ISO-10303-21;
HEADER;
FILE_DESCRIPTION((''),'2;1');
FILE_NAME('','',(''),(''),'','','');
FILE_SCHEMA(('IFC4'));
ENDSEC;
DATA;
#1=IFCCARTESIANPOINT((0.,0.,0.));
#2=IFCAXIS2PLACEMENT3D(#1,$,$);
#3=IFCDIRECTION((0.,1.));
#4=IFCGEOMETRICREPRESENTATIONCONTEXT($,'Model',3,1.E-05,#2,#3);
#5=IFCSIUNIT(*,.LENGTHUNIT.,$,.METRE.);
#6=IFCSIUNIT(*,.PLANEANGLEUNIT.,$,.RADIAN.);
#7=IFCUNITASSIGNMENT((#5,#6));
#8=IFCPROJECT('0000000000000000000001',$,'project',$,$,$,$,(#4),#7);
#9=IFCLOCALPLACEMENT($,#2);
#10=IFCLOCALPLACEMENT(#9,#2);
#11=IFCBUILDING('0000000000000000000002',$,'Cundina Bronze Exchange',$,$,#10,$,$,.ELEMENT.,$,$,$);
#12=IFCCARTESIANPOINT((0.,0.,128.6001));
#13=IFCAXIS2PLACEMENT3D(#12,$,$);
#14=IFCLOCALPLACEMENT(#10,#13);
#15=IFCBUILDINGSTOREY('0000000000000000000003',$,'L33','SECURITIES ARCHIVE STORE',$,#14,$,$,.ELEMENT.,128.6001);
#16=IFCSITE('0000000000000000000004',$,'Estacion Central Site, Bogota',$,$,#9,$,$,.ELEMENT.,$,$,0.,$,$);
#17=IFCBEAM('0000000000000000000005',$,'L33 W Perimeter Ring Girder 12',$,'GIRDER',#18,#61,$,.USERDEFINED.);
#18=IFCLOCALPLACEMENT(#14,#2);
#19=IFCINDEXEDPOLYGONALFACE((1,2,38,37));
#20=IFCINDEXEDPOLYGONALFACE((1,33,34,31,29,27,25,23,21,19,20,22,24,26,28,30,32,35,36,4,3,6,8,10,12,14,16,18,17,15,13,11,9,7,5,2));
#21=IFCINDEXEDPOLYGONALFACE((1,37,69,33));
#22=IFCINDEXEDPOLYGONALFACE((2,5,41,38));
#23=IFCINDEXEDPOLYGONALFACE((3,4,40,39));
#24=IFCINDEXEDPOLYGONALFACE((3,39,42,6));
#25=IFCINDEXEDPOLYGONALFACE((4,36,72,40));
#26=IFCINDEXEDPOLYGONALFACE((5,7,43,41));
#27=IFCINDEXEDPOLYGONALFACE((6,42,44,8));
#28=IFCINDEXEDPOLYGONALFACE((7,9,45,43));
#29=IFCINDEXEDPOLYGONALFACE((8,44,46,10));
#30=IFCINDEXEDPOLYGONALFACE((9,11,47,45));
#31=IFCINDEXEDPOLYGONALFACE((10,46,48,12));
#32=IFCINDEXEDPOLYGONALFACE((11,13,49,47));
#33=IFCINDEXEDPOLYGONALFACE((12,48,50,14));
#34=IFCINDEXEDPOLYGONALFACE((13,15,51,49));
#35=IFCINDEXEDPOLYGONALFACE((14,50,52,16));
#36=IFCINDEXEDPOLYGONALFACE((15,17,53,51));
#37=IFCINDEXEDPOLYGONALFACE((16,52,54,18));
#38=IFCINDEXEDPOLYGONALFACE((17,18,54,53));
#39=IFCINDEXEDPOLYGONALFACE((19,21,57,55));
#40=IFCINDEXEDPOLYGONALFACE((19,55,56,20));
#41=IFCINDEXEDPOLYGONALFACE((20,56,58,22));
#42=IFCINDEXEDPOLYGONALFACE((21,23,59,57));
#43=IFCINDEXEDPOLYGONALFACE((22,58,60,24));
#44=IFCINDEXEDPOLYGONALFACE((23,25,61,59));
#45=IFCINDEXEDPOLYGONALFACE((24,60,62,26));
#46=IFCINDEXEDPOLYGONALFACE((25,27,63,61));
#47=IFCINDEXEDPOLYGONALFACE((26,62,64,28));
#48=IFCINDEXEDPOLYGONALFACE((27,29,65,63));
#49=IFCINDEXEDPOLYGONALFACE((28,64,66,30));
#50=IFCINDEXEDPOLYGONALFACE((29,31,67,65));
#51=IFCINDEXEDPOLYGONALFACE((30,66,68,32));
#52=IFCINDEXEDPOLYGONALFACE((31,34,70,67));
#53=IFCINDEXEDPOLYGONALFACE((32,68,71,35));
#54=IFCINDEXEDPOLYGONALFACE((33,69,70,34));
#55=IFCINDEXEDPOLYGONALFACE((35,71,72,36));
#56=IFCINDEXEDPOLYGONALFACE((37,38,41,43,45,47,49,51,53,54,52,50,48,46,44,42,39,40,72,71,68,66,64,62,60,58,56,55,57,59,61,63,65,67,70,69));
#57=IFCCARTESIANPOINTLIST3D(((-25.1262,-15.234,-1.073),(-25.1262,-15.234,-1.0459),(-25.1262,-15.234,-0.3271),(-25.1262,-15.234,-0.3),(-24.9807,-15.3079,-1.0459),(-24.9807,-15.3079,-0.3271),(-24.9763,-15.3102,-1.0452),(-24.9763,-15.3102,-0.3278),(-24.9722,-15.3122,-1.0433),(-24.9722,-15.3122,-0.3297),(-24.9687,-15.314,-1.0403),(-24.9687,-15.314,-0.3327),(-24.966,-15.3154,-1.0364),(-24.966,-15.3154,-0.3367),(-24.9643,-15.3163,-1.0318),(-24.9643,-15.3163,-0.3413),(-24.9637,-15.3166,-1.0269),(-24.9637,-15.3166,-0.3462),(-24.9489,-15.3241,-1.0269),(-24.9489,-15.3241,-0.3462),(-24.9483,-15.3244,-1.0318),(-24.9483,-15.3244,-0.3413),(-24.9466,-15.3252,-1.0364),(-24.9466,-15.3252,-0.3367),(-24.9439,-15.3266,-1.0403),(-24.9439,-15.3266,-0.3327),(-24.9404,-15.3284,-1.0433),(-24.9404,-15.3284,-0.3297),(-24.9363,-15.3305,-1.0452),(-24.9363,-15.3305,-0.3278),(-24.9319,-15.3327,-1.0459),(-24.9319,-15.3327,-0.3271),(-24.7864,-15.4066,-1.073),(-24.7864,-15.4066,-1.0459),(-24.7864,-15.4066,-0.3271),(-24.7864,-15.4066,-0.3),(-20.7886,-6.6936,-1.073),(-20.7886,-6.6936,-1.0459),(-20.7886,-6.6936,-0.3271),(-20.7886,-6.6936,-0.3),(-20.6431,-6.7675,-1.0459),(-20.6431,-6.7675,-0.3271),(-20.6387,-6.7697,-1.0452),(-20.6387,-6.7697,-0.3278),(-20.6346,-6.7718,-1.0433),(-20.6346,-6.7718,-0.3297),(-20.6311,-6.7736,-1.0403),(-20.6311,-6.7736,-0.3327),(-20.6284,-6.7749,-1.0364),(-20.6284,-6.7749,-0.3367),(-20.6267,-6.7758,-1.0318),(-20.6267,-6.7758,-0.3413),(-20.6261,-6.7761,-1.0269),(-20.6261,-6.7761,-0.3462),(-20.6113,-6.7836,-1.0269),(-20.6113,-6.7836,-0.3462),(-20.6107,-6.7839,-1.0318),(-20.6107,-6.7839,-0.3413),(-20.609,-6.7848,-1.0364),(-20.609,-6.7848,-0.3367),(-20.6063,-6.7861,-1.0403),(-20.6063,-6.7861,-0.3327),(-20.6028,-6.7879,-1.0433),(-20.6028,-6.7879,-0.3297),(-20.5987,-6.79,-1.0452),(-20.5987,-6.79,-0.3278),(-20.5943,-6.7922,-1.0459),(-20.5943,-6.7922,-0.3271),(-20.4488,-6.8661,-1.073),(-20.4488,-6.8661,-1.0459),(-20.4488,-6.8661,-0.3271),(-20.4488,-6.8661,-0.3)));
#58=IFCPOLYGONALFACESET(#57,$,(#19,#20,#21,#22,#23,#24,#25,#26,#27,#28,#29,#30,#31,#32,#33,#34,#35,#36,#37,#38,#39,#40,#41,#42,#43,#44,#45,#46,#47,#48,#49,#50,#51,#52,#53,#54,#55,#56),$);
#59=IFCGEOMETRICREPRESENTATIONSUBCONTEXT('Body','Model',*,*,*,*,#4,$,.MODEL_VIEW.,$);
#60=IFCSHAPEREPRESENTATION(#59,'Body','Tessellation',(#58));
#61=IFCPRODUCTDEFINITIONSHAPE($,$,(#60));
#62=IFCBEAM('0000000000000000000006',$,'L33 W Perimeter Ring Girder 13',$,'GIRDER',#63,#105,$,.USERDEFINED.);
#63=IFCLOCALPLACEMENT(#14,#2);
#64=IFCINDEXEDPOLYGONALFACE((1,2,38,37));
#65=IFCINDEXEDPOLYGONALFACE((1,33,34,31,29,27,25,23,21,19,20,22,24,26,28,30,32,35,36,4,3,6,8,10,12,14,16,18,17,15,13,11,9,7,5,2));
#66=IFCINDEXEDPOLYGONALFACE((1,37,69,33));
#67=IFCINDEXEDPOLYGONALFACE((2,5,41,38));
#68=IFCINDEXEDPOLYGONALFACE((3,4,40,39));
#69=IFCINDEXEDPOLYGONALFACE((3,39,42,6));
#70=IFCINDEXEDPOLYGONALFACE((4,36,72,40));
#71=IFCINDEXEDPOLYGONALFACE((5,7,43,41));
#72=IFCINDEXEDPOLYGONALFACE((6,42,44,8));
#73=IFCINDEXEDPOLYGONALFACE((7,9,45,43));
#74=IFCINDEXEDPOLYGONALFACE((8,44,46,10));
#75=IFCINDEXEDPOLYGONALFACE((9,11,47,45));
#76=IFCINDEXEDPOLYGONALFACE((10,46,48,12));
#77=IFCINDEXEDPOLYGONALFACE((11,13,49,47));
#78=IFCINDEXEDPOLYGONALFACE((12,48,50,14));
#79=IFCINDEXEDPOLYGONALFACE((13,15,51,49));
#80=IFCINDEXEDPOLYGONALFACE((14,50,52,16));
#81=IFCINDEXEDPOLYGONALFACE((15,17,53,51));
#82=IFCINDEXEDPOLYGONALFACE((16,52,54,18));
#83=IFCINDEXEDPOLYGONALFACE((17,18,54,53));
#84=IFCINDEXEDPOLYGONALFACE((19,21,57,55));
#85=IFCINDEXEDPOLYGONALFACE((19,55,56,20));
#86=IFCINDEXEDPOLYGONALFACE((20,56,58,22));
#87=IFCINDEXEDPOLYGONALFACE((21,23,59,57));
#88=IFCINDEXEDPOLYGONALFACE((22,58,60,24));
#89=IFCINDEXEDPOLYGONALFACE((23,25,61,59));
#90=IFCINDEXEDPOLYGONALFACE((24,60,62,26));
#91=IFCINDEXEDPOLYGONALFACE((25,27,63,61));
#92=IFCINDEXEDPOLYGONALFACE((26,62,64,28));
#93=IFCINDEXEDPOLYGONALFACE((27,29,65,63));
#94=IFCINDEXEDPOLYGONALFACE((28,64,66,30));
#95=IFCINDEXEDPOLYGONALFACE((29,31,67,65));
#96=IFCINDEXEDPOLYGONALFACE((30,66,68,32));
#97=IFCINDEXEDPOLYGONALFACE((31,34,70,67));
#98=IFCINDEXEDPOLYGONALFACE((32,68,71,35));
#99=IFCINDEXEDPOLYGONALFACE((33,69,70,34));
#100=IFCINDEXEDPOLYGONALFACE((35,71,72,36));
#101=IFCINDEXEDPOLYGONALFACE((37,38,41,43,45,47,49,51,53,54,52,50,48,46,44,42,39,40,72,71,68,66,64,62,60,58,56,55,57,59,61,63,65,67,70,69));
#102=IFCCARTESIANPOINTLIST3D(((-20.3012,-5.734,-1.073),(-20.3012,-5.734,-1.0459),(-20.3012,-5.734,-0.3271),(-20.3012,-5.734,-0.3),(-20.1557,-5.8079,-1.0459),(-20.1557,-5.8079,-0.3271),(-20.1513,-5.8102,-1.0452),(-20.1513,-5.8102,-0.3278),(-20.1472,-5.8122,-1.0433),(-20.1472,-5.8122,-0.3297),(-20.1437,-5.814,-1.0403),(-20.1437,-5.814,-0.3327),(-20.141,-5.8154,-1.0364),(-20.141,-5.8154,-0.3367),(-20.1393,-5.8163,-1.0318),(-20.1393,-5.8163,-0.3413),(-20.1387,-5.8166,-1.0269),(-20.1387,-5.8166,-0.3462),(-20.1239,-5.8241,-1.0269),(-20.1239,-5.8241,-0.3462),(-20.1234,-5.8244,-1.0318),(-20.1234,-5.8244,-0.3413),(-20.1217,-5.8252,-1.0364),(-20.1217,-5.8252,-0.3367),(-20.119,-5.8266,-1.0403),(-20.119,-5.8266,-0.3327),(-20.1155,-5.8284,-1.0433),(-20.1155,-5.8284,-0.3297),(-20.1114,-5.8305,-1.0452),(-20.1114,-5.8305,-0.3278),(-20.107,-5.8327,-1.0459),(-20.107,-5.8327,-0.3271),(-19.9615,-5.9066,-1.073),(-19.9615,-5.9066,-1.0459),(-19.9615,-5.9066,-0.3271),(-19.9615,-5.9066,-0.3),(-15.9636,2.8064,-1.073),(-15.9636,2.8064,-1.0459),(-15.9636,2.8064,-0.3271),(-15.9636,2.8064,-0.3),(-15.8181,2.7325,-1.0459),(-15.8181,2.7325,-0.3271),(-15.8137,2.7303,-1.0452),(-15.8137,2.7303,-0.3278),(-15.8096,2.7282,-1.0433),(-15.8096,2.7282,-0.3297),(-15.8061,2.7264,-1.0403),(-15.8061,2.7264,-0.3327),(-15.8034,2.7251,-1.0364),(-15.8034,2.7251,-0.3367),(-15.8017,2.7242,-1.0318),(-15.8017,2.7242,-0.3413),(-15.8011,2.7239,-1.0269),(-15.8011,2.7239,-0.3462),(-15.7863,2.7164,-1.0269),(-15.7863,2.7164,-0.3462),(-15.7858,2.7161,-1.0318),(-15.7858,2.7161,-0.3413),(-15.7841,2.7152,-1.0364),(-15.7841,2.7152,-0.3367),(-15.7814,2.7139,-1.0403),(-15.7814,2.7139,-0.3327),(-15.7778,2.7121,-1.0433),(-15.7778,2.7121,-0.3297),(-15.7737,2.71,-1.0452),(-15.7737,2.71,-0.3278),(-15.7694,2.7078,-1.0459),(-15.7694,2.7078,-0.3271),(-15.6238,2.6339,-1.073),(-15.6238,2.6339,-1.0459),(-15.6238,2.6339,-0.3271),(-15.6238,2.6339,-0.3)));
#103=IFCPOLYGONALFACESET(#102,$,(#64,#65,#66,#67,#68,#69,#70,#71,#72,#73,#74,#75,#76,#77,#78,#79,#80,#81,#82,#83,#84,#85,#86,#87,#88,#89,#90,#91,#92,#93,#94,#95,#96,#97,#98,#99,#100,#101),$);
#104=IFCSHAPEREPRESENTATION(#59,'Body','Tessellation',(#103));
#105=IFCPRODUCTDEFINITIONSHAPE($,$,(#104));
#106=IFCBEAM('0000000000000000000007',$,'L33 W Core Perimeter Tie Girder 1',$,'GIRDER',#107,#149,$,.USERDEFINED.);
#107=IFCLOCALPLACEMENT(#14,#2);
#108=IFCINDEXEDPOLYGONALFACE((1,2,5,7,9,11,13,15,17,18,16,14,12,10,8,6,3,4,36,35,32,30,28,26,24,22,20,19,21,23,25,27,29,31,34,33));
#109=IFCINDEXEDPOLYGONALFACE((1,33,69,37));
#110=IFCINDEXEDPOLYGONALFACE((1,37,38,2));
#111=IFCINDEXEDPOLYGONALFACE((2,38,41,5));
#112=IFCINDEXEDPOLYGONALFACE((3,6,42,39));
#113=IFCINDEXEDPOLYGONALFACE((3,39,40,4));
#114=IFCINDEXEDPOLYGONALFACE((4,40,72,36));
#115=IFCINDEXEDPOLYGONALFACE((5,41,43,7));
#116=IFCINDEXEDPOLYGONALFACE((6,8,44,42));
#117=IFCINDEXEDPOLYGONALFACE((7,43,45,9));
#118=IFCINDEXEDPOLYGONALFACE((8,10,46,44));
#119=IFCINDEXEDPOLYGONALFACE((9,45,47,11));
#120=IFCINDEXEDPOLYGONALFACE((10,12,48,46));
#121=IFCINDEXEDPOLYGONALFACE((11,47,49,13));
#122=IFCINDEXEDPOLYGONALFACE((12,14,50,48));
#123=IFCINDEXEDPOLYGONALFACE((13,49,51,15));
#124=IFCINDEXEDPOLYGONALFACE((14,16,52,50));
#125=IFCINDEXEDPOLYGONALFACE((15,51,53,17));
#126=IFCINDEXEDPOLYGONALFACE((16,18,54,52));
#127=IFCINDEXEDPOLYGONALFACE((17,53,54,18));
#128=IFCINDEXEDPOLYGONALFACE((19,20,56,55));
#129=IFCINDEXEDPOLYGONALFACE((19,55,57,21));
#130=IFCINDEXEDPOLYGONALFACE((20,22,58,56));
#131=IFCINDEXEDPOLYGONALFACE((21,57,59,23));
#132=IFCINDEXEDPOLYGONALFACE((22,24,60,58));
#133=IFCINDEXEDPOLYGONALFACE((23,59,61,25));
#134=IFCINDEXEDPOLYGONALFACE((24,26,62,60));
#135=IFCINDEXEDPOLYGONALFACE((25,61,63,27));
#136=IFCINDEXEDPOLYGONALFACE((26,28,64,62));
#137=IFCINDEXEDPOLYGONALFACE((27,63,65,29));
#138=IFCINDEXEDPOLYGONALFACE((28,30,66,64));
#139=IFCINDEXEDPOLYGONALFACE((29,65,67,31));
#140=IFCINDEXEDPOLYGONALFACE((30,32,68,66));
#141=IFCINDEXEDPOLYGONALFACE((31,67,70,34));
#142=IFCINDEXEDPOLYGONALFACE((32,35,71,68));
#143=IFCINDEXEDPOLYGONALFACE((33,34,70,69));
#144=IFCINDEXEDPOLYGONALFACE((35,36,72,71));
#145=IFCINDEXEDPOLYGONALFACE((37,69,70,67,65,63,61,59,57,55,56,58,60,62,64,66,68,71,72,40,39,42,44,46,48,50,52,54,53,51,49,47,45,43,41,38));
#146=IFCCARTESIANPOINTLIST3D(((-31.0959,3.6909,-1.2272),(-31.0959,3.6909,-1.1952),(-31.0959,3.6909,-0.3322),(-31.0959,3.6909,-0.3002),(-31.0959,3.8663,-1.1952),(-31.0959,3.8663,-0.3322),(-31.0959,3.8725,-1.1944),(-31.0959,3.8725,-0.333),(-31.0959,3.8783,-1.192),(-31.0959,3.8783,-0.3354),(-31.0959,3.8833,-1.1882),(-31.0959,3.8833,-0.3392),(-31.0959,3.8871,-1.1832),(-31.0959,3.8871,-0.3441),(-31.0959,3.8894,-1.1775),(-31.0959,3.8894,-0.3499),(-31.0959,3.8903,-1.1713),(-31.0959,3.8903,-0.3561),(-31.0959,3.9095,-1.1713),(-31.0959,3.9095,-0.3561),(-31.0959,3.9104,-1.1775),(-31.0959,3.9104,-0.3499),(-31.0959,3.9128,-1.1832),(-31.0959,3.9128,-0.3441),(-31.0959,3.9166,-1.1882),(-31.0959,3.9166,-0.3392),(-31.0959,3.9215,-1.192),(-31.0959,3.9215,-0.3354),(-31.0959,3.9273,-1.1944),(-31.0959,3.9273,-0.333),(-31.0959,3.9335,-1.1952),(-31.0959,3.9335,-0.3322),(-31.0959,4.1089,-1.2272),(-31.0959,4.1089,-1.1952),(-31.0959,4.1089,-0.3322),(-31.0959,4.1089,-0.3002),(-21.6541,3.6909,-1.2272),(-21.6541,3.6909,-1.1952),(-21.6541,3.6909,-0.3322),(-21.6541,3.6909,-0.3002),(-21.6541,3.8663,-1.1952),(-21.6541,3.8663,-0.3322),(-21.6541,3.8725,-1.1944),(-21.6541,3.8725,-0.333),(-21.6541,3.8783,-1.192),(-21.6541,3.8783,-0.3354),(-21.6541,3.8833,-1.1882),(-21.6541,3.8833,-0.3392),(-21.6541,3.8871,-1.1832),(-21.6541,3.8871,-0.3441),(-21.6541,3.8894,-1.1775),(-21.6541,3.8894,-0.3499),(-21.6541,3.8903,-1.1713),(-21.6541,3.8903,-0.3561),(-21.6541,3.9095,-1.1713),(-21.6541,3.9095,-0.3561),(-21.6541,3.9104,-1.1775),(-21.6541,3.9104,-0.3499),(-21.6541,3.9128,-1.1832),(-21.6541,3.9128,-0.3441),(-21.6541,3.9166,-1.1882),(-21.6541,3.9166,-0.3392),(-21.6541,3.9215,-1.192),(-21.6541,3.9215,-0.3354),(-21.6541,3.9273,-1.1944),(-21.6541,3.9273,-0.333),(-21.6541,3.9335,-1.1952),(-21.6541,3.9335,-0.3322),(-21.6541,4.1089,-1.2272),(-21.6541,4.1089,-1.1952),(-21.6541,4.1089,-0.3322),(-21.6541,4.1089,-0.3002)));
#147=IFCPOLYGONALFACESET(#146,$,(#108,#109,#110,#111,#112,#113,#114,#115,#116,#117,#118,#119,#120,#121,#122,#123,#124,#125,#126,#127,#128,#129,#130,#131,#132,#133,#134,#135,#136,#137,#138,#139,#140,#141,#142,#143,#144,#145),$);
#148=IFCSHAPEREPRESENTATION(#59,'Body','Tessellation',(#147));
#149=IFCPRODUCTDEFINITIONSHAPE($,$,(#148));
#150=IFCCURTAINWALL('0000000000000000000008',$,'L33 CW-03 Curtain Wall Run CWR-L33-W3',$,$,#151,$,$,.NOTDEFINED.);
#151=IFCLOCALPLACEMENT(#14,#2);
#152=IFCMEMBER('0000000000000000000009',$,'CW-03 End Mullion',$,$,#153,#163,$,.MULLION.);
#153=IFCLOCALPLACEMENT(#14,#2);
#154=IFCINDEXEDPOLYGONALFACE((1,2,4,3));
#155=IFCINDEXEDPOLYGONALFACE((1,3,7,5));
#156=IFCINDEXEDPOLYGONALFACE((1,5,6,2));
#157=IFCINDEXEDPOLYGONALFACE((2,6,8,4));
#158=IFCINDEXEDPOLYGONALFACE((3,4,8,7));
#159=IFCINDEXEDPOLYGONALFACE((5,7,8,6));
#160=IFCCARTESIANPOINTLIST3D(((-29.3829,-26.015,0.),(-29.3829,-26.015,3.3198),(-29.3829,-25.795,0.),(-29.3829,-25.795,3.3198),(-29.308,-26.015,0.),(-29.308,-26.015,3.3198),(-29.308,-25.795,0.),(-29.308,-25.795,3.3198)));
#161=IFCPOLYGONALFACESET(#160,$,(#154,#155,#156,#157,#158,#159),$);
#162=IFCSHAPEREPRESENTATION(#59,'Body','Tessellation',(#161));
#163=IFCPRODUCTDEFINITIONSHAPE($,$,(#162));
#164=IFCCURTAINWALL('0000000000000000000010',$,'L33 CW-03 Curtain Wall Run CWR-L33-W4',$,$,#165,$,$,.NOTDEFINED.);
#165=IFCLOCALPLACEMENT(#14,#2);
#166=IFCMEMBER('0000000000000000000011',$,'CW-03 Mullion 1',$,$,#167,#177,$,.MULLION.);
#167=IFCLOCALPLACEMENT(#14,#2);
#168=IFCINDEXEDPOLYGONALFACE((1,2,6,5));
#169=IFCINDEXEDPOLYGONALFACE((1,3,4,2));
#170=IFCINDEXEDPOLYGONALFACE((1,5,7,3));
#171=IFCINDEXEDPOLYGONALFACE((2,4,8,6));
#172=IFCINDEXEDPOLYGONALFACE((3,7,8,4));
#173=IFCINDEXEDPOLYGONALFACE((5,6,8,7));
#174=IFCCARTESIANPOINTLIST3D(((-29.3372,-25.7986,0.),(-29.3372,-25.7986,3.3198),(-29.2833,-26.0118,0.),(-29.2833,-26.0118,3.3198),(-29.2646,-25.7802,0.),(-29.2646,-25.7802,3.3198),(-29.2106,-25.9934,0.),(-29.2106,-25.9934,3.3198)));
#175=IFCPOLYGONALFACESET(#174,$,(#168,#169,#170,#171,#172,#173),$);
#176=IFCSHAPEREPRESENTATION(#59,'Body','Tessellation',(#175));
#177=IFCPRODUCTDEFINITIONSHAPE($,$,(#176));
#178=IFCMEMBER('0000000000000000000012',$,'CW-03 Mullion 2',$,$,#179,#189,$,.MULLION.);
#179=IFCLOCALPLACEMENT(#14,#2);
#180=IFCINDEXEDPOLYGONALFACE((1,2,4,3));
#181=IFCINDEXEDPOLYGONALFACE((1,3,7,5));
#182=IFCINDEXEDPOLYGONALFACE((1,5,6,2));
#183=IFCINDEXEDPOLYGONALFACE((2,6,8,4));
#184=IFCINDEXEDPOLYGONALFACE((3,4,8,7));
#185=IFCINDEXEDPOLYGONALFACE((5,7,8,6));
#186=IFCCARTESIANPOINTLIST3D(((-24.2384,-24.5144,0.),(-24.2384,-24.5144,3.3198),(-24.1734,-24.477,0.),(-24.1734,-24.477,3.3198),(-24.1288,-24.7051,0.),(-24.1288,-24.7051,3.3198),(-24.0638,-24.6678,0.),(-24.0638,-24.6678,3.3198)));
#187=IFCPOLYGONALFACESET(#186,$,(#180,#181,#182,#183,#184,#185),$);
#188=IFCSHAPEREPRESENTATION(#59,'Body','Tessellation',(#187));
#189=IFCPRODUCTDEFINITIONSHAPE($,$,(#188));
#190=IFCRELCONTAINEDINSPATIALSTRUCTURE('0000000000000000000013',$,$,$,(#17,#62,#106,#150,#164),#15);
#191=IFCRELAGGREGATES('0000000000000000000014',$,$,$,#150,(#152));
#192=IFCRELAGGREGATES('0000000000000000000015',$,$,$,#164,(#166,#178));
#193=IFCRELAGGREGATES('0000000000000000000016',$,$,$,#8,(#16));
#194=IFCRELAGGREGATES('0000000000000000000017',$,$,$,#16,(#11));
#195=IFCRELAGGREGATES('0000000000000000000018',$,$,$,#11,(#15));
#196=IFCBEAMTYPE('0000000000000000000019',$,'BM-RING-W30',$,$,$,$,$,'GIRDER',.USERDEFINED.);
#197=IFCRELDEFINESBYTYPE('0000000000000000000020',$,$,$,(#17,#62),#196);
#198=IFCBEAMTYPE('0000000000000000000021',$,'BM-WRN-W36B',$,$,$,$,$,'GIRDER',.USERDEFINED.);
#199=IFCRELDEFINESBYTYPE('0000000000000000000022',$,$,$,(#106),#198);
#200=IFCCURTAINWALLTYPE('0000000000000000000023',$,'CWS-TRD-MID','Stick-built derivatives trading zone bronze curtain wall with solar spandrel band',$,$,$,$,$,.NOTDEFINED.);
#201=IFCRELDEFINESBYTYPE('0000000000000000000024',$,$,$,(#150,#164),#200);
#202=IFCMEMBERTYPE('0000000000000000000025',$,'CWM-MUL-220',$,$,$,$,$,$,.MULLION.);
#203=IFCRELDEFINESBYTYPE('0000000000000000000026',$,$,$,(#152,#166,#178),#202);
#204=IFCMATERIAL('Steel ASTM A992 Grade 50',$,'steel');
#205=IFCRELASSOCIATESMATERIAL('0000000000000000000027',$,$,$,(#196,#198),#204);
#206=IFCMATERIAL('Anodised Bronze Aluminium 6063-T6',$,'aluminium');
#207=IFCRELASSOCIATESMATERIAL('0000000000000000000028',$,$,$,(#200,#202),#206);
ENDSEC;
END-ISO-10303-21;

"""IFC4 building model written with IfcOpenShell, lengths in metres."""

from ifc_helpers import new_model, si_unit, direction, frame, origin, origin_2d, place, context, subcontext, project, spatial, rectangle, i_section, extrude, material, material_profile, profile_set, type_object, element, aggregate, save


model = new_model("IFC4")

# Units and contexts
model_context = context("Model", 3, precision=1e-05, world=origin(), true_north=direction((0.0, 1.0)))
body_context = subcontext(model_context, "Body", "Model", "MODEL_VIEW")
ifc_project = project(units=[si_unit("LENGTHUNIT", "METRE"), si_unit("PLANEANGLEUNIT", "RADIAN")], contexts=[model_context])

# Site, building, storey
site_placement = place(None, origin())
site = spatial("IfcSite", under=ifc_project, at=site_placement, Name="Estacion Central Site, Bogota", CompositionType="ELEMENT", RefElevation=0.0)
building_placement = place(site_placement, origin())
building = spatial("IfcBuilding", under=site, at=building_placement, Name="Cundina Bronze Exchange", CompositionType="ELEMENT")
storey_placement = place(building_placement, frame((0.0, 0.0, 128.6001)))
storey = spatial("IfcBuildingStorey", under=building, at=storey_placement, Name="L33", Description="SECURITIES ARCHIVE STORE", CompositionType="ELEMENT", Elevation=128.6001)

# Shared definitions
ifc_material_1 = material(Name="Steel ASTM A992 Grade 50", Category="steel")

# Beams
ifc_material_profile_1 = material_profile(ifc_material_1, i_section(OverallWidth=0.3811, OverallDepth=0.7729, WebThickness=0.0166, FlangeThickness=0.0271, FilletRadius=0.019, at=origin_2d()), Name="W30X173", Category="steel")
ifc_profile_set_1 = profile_set([ifc_material_profile_1], Name="Steel ASTM A992 Grade 50")
beam_type_1 = type_object("IfcBeamType", Name="BM-RING-W30", ElementType="GIRDER", PredefinedType="USERDEFINED", material=ifc_profile_set_1)
for number, where, z_axis, x_axis, name in (
    (1, (-24.9563, -15.3203, -0.6865), (0.452832, 0.891596, 0.0), (-0.891596, 0.452832, 0.0), "L33 W Perimeter Ring Girder 12"),
    (2, (-20.1313, -5.8203, -0.6865), (0.452832, 0.891596, 0.0), (-0.891596, 0.452832, 0.0), "L33 W Perimeter Ring Girder 13"),
):
    element("IfcBeam", number, at=place(storey_placement, frame(where, z_axis=z_axis, x_axis=x_axis)), inside=storey, type_object=beam_type_1, Name=name, ObjectType="GIRDER", PredefinedType="USERDEFINED", context=body_context, shape_type="SweptSolid", body=[
        extrude(i_section(OverallWidth=0.3811, OverallDepth=0.7729, WebThickness=0.0166, FlangeThickness=0.0271, FilletRadius=0.019, at=origin_2d()), origin(), (0.0, 0.0, 1.0), 9.5789),
    ])
ifc_material_profile_2 = material_profile(ifc_material_1, i_section(OverallWidth=0.418, OverallDepth=0.927, WebThickness=0.0193, FlangeThickness=0.032, FilletRadius=0.0239, at=origin_2d()), Name="W36X231", Category="steel")
ifc_profile_set_2 = profile_set([ifc_material_profile_2], Name="Steel ASTM A992 Grade 50")
beam_type_2 = type_object("IfcBeamType", Name="BM-WRN-W36B", ElementType="GIRDER", PredefinedType="USERDEFINED", material=ifc_profile_set_2)
beam_1_placement = place(storey_placement, frame((-31.0959, 3.8999, -0.7637), z_axis=(1.0, 0.0, 0.0), x_axis=(0.0, 1.0, 0.0)))
element("IfcBeam", 3, at=beam_1_placement, inside=storey, type_object=beam_type_2, Name="L33 W Core Perimeter Tie Girder 1", ObjectType="GIRDER", PredefinedType="USERDEFINED", context=body_context, shape_type="SweptSolid", body=[
    extrude(i_section(OverallWidth=0.418, OverallDepth=0.927, WebThickness=0.0193, FlangeThickness=0.032, FilletRadius=0.0239, at=origin_2d()), origin(), (0.0, 0.0, 1.0), 9.4419),
])

# Curtain wall, member
ifc_material_2 = material(Name="Anodised Bronze Aluminium 6063-T6", Category="aluminium")
curtain_wall_type = type_object("IfcCurtainWallType", Name="CWS-TRD-MID", Description="Stick-built derivatives trading zone bronze curtain wall with solar spandrel band", PredefinedType="NOTDEFINED", material=ifc_material_2)
curtain_wall_1_placement = place(storey_placement, origin())
curtain_wall_1 = element("IfcCurtainWall", 4, at=curtain_wall_1_placement, inside=storey, type_object=curtain_wall_type, Name="L33 CW-03 Curtain Wall Run CWR-L33-W3", PredefinedType="NOTDEFINED")
ifc_material_profile_3 = material_profile(ifc_material_2, rectangle(XDim=0.075, YDim=0.22, at=origin_2d()), Name="AL75X220", Category="aluminium")
ifc_profile_set_3 = profile_set([ifc_material_profile_3], Name="Anodised Bronze Aluminium 6063-T6")
member_type_1 = type_object("IfcMemberType", Name="CWM-MUL-220", PredefinedType="MULLION", material=ifc_profile_set_3)
member_1_placement = place(storey_placement, frame((-29.3455, -25.905, 0.0), z_axis=(0.0, 0.0, 1.0), x_axis=(1.0, 0.0, 0.0)))
member_1 = element("IfcMember", 5, at=member_1_placement, type_object=member_type_1, Name="CW-03 End Mullion", PredefinedType="MULLION", context=body_context, shape_type="SweptSolid", body=[
    extrude(rectangle(XDim=0.075, YDim=0.22, at=origin_2d()), origin(), (0.0, 0.0, 1.0), 3.3198),
])
aggregate(curtain_wall_1, [member_1])

# Curtain wall, members
curtain_wall_2_placement = place(storey_placement, origin())
curtain_wall_2 = element("IfcCurtainWall", 6, at=curtain_wall_2_placement, inside=storey, type_object=curtain_wall_type, Name="L33 CW-03 Curtain Wall Run CWR-L33-W4", PredefinedType="NOTDEFINED")
member_2_placement = place(storey_placement, frame((-29.2739, -25.896, 0.0), z_axis=(0.0, 0.0, 1.0), x_axis=(0.969488, 0.245138, 0.0)))
member_2 = element("IfcMember", 7, at=member_2_placement, type_object=member_type_1, Name="CW-03 Mullion 1", PredefinedType="MULLION", context=body_context, shape_type="SweptSolid", body=[
    extrude(rectangle(XDim=0.075, YDim=0.22, at=origin_2d()), origin(), (0.0, 0.0, 1.0), 3.3198),
])
member_3_placement = place(storey_placement, frame((-24.1511, -24.5911, 0.0), z_axis=(0.0, 0.0, 1.0), x_axis=(0.867071, 0.498185, 0.0)))
member_3 = element("IfcMember", 8, at=member_3_placement, type_object=member_type_1, Name="CW-03 Mullion 2", PredefinedType="MULLION", context=body_context, shape_type="SweptSolid", body=[
    extrude(rectangle(XDim=0.075, YDim=0.22, at=origin_2d()), origin(), (0.0, 0.0, 1.0), 3.3198),
])
aggregate(curtain_wall_2, [member_2, member_3])

save(model, "model.ifc")
